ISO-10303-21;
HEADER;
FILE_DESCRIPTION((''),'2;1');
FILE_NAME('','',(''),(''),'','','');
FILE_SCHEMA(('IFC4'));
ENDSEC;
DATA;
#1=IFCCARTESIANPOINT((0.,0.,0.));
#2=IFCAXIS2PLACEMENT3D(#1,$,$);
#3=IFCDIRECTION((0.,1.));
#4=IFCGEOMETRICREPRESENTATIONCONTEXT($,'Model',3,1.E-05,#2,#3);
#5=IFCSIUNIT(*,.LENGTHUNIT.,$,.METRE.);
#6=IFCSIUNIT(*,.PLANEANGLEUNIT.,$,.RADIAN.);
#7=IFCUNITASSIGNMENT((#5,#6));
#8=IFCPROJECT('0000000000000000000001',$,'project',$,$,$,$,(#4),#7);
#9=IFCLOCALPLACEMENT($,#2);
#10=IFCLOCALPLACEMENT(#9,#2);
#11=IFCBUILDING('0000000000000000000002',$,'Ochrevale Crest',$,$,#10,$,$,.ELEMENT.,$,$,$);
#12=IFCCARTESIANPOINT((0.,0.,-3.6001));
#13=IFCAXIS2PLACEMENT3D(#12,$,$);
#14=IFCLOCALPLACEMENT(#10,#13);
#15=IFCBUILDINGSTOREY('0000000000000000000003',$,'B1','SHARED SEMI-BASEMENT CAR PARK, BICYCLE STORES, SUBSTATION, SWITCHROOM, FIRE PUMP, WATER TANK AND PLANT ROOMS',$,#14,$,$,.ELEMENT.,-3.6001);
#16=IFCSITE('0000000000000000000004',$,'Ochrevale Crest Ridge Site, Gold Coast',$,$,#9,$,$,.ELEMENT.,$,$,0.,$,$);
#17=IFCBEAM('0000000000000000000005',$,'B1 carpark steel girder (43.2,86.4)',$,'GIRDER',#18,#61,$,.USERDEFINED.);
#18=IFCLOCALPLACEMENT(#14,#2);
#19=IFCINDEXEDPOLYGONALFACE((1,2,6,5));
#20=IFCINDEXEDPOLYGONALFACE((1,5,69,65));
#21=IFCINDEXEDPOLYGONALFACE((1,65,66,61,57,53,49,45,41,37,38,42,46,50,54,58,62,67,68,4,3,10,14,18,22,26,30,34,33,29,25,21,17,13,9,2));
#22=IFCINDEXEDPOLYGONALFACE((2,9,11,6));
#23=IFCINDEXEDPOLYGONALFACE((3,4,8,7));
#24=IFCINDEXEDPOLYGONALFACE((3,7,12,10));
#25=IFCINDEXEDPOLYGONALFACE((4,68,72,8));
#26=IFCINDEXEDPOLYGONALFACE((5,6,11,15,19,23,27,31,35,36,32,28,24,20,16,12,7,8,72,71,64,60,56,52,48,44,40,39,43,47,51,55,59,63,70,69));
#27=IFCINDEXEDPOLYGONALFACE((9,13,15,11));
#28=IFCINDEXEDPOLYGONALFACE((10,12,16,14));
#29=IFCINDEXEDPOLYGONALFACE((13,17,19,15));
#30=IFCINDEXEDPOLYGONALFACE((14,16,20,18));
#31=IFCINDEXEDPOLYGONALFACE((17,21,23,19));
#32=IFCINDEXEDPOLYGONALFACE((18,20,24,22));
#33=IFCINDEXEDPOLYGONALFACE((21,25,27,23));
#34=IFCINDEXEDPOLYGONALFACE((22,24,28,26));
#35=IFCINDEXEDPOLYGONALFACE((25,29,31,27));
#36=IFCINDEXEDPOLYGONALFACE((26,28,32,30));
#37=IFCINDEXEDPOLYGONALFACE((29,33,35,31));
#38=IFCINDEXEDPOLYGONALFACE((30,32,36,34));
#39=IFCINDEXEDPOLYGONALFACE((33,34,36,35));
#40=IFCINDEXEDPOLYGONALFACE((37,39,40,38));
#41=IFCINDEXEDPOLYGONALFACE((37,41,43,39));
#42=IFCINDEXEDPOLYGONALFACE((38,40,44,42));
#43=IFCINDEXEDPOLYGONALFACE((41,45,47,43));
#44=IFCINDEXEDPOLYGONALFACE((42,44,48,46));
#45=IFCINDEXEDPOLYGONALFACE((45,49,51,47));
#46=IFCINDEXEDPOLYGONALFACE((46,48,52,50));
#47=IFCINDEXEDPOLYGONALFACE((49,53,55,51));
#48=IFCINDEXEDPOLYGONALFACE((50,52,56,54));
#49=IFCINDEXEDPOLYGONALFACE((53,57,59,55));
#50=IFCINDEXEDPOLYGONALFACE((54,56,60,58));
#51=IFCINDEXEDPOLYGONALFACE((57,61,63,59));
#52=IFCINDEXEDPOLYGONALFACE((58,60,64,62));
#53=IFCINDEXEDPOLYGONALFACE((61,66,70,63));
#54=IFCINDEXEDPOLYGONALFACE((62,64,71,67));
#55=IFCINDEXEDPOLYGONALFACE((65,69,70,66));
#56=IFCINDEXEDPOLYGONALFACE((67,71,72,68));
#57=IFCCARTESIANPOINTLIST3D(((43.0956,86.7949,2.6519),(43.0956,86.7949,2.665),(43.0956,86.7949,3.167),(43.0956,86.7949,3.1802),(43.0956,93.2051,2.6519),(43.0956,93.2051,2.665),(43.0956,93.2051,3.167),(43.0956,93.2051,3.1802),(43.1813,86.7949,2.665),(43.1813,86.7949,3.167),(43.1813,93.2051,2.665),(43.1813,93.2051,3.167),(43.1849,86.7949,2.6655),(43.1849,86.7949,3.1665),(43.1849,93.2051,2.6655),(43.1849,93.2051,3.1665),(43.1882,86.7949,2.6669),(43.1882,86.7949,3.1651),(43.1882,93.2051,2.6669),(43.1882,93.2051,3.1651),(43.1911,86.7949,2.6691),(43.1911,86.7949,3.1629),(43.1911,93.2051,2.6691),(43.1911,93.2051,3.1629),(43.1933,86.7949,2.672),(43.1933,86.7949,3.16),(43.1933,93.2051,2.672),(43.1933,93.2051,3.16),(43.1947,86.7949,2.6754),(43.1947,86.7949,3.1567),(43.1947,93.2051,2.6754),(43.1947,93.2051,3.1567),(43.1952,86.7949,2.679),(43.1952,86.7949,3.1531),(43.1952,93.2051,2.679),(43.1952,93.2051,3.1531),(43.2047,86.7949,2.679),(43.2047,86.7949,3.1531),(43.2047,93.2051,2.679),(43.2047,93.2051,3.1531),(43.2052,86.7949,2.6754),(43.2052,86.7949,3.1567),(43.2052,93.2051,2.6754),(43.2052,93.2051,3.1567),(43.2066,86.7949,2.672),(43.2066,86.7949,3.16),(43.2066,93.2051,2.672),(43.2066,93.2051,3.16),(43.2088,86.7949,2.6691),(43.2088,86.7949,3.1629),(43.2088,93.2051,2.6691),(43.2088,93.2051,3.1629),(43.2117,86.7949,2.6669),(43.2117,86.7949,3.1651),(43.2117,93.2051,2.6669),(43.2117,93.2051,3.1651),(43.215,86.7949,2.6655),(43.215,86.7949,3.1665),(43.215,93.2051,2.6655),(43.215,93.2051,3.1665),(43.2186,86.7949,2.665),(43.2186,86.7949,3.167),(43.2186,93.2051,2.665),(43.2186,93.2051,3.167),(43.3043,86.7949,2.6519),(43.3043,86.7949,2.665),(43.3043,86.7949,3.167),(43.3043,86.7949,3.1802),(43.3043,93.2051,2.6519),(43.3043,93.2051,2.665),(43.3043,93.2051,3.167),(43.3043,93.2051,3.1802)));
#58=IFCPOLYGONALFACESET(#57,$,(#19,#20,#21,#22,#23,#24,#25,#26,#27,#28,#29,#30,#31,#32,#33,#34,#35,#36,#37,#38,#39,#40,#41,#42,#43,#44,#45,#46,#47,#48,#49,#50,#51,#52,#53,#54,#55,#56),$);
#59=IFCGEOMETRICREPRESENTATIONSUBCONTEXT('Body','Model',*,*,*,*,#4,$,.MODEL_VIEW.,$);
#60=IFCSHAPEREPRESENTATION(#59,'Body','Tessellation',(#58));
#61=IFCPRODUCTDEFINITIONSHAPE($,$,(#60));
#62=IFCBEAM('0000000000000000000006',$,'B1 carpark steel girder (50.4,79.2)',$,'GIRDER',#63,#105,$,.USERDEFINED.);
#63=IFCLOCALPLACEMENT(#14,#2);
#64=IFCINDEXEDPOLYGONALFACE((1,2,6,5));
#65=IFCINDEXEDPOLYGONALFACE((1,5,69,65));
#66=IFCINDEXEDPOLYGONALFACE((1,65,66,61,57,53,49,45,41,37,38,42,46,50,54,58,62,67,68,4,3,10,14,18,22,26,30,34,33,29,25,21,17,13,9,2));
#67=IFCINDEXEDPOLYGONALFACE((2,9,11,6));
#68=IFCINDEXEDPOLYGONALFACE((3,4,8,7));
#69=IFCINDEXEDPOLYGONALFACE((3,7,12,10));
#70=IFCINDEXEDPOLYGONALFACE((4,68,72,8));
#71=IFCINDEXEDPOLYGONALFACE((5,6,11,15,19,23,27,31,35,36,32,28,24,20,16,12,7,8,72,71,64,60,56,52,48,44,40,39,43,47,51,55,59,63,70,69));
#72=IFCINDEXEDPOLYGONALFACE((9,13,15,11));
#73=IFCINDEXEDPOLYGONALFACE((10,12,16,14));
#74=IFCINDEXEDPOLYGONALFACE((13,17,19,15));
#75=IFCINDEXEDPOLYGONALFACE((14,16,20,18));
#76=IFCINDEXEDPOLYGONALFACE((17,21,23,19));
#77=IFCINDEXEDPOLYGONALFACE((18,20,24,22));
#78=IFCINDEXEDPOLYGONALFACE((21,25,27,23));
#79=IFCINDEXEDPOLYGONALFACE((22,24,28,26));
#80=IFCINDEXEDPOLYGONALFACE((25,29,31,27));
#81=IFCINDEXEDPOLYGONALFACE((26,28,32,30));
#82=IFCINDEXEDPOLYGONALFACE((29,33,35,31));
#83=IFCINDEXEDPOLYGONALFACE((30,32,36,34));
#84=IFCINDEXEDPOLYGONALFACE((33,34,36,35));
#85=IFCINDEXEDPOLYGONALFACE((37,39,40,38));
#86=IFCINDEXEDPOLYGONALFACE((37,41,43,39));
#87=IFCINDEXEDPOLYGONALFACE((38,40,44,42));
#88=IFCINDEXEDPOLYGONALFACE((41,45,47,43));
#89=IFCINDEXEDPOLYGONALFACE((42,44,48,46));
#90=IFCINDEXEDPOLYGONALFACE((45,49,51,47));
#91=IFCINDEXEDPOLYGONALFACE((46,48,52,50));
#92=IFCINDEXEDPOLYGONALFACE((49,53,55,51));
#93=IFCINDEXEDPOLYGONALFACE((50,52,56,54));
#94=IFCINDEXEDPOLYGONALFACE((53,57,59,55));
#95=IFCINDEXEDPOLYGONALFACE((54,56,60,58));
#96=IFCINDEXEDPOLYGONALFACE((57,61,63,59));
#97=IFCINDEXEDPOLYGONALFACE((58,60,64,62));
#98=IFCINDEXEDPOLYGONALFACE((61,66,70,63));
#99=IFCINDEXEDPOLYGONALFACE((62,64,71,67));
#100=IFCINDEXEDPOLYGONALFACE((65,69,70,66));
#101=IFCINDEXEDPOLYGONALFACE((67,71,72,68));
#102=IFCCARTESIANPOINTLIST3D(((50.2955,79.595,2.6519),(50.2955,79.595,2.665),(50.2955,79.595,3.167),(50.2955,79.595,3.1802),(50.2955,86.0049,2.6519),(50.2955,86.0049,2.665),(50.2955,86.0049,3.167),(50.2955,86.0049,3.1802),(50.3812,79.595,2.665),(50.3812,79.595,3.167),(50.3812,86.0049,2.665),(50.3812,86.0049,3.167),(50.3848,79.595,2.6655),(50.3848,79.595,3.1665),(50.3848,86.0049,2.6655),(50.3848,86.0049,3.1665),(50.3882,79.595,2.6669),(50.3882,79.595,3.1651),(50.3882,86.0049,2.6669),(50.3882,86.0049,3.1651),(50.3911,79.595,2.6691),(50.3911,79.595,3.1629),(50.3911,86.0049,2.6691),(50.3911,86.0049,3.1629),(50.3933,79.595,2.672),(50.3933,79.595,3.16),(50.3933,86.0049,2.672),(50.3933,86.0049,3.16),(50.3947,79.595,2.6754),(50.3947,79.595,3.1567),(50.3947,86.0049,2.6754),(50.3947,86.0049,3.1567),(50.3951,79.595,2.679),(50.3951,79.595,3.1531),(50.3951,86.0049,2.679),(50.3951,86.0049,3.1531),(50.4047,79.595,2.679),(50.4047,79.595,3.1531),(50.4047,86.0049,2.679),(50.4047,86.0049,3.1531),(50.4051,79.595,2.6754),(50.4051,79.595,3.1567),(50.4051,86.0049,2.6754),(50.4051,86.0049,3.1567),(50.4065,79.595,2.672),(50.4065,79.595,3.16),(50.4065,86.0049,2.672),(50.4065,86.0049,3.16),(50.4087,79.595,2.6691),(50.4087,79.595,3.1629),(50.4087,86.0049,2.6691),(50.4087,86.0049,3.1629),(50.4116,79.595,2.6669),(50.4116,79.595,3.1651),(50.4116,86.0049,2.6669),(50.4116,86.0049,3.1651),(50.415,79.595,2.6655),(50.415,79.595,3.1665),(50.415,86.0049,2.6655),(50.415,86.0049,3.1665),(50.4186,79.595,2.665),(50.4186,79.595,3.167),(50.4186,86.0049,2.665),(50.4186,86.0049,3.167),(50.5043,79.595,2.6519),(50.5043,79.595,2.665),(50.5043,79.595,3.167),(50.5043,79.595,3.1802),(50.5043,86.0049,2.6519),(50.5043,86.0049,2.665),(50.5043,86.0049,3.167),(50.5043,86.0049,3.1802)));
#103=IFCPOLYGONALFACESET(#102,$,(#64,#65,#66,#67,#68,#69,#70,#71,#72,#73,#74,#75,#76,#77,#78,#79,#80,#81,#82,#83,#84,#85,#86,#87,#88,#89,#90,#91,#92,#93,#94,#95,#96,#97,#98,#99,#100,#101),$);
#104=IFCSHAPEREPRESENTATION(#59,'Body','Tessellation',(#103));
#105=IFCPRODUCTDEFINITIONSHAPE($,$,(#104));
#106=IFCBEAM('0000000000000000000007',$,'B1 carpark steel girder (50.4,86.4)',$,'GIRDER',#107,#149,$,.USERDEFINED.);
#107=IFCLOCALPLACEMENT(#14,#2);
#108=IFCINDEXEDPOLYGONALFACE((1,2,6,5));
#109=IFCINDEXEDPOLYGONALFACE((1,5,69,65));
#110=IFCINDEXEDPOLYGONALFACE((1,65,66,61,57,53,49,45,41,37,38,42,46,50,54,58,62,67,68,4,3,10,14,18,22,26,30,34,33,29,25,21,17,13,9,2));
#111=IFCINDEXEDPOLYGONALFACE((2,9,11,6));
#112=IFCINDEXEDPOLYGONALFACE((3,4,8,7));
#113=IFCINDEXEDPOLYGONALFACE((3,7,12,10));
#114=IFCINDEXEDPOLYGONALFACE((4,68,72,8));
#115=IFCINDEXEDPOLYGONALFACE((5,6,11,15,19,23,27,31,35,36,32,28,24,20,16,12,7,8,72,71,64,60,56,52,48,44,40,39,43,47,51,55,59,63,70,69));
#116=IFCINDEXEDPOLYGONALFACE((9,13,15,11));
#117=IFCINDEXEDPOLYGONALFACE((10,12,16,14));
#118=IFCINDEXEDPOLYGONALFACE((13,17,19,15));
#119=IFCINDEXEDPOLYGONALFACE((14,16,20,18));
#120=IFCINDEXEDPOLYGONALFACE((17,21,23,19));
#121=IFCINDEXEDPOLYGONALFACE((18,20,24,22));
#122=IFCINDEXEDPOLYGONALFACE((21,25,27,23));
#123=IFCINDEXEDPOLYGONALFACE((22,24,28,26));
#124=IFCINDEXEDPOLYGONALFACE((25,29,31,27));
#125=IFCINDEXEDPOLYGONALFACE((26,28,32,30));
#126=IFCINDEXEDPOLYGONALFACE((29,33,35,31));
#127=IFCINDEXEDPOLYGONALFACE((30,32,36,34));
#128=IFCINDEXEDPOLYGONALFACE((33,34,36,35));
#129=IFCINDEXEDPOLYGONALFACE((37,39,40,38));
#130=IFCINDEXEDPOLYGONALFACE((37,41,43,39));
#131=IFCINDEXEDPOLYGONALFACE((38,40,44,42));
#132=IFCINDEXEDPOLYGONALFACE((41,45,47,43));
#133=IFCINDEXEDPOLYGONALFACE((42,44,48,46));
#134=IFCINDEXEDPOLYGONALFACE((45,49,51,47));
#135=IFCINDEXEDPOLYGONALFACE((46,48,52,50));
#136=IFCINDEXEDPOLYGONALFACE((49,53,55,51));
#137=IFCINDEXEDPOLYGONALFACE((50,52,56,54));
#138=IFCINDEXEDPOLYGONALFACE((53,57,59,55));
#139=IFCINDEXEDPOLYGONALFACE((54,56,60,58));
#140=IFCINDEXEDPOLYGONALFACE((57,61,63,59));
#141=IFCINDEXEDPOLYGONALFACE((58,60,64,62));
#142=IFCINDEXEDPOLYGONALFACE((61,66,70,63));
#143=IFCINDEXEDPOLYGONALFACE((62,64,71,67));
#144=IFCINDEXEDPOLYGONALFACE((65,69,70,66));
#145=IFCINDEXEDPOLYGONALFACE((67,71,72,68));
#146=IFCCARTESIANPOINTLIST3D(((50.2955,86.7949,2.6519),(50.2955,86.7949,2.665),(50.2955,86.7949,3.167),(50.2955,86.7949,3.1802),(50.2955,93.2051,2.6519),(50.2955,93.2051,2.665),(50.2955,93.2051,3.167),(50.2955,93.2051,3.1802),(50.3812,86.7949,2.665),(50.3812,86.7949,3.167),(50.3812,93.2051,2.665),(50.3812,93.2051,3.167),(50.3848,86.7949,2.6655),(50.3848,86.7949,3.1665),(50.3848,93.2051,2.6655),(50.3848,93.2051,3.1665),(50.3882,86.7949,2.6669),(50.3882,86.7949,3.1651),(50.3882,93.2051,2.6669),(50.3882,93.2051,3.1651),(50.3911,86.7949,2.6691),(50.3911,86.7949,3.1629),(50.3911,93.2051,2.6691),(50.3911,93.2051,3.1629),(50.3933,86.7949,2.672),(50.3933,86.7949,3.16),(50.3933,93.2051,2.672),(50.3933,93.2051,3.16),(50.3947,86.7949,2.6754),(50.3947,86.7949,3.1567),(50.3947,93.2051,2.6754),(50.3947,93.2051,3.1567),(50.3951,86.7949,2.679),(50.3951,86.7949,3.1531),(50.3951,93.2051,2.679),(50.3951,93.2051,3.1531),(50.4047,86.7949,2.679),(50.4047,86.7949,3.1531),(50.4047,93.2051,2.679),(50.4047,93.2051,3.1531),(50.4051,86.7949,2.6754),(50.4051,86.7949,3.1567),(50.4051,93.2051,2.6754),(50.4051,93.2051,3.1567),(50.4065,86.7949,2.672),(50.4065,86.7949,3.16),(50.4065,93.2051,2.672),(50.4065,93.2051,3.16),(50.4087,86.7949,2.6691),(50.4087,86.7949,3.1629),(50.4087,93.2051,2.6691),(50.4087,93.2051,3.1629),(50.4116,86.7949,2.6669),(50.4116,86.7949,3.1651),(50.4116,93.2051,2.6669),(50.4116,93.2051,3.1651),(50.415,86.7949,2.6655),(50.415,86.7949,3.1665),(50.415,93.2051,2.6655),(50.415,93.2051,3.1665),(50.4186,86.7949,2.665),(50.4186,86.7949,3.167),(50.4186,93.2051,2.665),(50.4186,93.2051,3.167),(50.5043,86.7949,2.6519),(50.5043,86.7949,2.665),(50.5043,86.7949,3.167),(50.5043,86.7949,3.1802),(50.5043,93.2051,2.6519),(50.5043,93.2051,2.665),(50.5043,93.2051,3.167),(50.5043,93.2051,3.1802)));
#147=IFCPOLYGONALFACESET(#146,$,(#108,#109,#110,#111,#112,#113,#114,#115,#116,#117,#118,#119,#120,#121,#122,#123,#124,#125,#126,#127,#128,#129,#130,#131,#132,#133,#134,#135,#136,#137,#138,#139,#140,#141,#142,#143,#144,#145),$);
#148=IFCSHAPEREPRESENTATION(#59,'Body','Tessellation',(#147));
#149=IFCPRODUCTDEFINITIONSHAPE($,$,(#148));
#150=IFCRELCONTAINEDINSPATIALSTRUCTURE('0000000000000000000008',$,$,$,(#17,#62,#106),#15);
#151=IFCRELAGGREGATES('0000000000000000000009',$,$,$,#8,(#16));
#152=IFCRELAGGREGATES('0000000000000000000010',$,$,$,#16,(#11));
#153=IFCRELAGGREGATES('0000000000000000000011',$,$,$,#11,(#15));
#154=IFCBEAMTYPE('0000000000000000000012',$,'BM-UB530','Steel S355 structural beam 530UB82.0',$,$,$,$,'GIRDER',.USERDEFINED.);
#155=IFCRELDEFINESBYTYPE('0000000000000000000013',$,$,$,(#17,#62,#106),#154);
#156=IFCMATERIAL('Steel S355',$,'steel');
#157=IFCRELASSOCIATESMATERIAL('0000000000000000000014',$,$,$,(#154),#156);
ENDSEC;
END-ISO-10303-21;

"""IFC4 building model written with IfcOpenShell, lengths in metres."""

from ifc_helpers import new_model, si_unit, direction, frame, origin, origin_2d, place, context, subcontext, project, spatial, i_section, extrude, material, material_profile, profile_set, type_object, element, save


model = new_model("IFC4")

# Units and contexts
model_context = context("Model", 3, precision=1e-05, world=origin(), true_north=direction((0.0, 1.0)))
body_context = subcontext(model_context, "Body", "Model", "MODEL_VIEW")
ifc_project = project(units=[si_unit("LENGTHUNIT", "METRE"), si_unit("PLANEANGLEUNIT", "RADIAN")], contexts=[model_context])

# Site, building, storey
site_placement = place(None, origin())
site = spatial("IfcSite", under=ifc_project, at=site_placement, Name="Ochrevale Crest Ridge Site, Gold Coast", CompositionType="ELEMENT", RefElevation=0.0)
building_placement = place(site_placement, origin())
building = spatial("IfcBuilding", under=site, at=building_placement, Name="Ochrevale Crest", CompositionType="ELEMENT")
storey_placement = place(building_placement, frame((0.0, 0.0, -3.6001)))
storey = spatial("IfcBuildingStorey", under=building, at=storey_placement, Name="B1", Description="SHARED SEMI-BASEMENT CAR PARK, BICYCLE STORES, SUBSTATION, SWITCHROOM, FIRE PUMP, WATER TANK AND PLANT ROOMS", CompositionType="ELEMENT", Elevation=-3.6001)

# Beams
ifc_material_1 = material(Name="Steel S355", Category="steel")
ifc_material_profile_1 = material_profile(ifc_material_1, i_section(OverallWidth=0.2087, OverallDepth=0.5283, WebThickness=0.0095, FlangeThickness=0.0132, FilletRadius=0.0139, at=origin_2d()), Name="530UB82.0")
ifc_profile_set_1 = profile_set([ifc_material_profile_1], Name="Steel S355")
beam_type_1 = type_object("IfcBeamType", Name="BM-UB530", Description="Steel S355 structural beam 530UB82.0", ElementType="GIRDER", PredefinedType="USERDEFINED", material=ifc_profile_set_1)
beam_1_placement = place(storey_placement, frame((43.2, 86.7949, 2.916), z_axis=(0.0, 1.0, 0.0), x_axis=(-1.0, 0.0, 0.0)))
element("IfcBeam", 1, at=beam_1_placement, inside=storey, type_object=beam_type_1, Name="B1 carpark steel girder (43.2,86.4)", ObjectType="GIRDER", PredefinedType="USERDEFINED", context=body_context, shape_type="SweptSolid", body=[
    extrude(i_section(OverallWidth=0.2087, OverallDepth=0.5283, WebThickness=0.0095, FlangeThickness=0.0132, FilletRadius=0.0139, at=origin_2d()), origin(), (0.0, 0.0, 1.0), 6.4102),
])
beam_2_placement = place(storey_placement, frame((50.3999, 79.595, 2.916), z_axis=(0.0, 1.0, 0.0), x_axis=(-1.0, 0.0, 0.0)))
element("IfcBeam", 2, at=beam_2_placement, inside=storey, type_object=beam_type_1, Name="B1 carpark steel girder (50.4,79.2)", ObjectType="GIRDER", PredefinedType="USERDEFINED", context=body_context, shape_type="SweptSolid", body=[
    extrude(i_section(OverallWidth=0.2087, OverallDepth=0.5283, WebThickness=0.0095, FlangeThickness=0.0132, FilletRadius=0.0139, at=origin_2d()), origin(), (0.0, 0.0, 1.0), 6.4099),
])
beam_3_placement = place(storey_placement, frame((50.3999, 86.7949, 2.916), z_axis=(0.0, 1.0, 0.0), x_axis=(-1.0, 0.0, 0.0)))
element("IfcBeam", 3, at=beam_3_placement, inside=storey, type_object=beam_type_1, Name="B1 carpark steel girder (50.4,86.4)", ObjectType="GIRDER", PredefinedType="USERDEFINED", context=body_context, shape_type="SweptSolid", body=[
    extrude(i_section(OverallWidth=0.2087, OverallDepth=0.5283, WebThickness=0.0095, FlangeThickness=0.0132, FilletRadius=0.0139, at=origin_2d()), origin(), (0.0, 0.0, 1.0), 6.4102),
])

save(model, "model.ifc")
